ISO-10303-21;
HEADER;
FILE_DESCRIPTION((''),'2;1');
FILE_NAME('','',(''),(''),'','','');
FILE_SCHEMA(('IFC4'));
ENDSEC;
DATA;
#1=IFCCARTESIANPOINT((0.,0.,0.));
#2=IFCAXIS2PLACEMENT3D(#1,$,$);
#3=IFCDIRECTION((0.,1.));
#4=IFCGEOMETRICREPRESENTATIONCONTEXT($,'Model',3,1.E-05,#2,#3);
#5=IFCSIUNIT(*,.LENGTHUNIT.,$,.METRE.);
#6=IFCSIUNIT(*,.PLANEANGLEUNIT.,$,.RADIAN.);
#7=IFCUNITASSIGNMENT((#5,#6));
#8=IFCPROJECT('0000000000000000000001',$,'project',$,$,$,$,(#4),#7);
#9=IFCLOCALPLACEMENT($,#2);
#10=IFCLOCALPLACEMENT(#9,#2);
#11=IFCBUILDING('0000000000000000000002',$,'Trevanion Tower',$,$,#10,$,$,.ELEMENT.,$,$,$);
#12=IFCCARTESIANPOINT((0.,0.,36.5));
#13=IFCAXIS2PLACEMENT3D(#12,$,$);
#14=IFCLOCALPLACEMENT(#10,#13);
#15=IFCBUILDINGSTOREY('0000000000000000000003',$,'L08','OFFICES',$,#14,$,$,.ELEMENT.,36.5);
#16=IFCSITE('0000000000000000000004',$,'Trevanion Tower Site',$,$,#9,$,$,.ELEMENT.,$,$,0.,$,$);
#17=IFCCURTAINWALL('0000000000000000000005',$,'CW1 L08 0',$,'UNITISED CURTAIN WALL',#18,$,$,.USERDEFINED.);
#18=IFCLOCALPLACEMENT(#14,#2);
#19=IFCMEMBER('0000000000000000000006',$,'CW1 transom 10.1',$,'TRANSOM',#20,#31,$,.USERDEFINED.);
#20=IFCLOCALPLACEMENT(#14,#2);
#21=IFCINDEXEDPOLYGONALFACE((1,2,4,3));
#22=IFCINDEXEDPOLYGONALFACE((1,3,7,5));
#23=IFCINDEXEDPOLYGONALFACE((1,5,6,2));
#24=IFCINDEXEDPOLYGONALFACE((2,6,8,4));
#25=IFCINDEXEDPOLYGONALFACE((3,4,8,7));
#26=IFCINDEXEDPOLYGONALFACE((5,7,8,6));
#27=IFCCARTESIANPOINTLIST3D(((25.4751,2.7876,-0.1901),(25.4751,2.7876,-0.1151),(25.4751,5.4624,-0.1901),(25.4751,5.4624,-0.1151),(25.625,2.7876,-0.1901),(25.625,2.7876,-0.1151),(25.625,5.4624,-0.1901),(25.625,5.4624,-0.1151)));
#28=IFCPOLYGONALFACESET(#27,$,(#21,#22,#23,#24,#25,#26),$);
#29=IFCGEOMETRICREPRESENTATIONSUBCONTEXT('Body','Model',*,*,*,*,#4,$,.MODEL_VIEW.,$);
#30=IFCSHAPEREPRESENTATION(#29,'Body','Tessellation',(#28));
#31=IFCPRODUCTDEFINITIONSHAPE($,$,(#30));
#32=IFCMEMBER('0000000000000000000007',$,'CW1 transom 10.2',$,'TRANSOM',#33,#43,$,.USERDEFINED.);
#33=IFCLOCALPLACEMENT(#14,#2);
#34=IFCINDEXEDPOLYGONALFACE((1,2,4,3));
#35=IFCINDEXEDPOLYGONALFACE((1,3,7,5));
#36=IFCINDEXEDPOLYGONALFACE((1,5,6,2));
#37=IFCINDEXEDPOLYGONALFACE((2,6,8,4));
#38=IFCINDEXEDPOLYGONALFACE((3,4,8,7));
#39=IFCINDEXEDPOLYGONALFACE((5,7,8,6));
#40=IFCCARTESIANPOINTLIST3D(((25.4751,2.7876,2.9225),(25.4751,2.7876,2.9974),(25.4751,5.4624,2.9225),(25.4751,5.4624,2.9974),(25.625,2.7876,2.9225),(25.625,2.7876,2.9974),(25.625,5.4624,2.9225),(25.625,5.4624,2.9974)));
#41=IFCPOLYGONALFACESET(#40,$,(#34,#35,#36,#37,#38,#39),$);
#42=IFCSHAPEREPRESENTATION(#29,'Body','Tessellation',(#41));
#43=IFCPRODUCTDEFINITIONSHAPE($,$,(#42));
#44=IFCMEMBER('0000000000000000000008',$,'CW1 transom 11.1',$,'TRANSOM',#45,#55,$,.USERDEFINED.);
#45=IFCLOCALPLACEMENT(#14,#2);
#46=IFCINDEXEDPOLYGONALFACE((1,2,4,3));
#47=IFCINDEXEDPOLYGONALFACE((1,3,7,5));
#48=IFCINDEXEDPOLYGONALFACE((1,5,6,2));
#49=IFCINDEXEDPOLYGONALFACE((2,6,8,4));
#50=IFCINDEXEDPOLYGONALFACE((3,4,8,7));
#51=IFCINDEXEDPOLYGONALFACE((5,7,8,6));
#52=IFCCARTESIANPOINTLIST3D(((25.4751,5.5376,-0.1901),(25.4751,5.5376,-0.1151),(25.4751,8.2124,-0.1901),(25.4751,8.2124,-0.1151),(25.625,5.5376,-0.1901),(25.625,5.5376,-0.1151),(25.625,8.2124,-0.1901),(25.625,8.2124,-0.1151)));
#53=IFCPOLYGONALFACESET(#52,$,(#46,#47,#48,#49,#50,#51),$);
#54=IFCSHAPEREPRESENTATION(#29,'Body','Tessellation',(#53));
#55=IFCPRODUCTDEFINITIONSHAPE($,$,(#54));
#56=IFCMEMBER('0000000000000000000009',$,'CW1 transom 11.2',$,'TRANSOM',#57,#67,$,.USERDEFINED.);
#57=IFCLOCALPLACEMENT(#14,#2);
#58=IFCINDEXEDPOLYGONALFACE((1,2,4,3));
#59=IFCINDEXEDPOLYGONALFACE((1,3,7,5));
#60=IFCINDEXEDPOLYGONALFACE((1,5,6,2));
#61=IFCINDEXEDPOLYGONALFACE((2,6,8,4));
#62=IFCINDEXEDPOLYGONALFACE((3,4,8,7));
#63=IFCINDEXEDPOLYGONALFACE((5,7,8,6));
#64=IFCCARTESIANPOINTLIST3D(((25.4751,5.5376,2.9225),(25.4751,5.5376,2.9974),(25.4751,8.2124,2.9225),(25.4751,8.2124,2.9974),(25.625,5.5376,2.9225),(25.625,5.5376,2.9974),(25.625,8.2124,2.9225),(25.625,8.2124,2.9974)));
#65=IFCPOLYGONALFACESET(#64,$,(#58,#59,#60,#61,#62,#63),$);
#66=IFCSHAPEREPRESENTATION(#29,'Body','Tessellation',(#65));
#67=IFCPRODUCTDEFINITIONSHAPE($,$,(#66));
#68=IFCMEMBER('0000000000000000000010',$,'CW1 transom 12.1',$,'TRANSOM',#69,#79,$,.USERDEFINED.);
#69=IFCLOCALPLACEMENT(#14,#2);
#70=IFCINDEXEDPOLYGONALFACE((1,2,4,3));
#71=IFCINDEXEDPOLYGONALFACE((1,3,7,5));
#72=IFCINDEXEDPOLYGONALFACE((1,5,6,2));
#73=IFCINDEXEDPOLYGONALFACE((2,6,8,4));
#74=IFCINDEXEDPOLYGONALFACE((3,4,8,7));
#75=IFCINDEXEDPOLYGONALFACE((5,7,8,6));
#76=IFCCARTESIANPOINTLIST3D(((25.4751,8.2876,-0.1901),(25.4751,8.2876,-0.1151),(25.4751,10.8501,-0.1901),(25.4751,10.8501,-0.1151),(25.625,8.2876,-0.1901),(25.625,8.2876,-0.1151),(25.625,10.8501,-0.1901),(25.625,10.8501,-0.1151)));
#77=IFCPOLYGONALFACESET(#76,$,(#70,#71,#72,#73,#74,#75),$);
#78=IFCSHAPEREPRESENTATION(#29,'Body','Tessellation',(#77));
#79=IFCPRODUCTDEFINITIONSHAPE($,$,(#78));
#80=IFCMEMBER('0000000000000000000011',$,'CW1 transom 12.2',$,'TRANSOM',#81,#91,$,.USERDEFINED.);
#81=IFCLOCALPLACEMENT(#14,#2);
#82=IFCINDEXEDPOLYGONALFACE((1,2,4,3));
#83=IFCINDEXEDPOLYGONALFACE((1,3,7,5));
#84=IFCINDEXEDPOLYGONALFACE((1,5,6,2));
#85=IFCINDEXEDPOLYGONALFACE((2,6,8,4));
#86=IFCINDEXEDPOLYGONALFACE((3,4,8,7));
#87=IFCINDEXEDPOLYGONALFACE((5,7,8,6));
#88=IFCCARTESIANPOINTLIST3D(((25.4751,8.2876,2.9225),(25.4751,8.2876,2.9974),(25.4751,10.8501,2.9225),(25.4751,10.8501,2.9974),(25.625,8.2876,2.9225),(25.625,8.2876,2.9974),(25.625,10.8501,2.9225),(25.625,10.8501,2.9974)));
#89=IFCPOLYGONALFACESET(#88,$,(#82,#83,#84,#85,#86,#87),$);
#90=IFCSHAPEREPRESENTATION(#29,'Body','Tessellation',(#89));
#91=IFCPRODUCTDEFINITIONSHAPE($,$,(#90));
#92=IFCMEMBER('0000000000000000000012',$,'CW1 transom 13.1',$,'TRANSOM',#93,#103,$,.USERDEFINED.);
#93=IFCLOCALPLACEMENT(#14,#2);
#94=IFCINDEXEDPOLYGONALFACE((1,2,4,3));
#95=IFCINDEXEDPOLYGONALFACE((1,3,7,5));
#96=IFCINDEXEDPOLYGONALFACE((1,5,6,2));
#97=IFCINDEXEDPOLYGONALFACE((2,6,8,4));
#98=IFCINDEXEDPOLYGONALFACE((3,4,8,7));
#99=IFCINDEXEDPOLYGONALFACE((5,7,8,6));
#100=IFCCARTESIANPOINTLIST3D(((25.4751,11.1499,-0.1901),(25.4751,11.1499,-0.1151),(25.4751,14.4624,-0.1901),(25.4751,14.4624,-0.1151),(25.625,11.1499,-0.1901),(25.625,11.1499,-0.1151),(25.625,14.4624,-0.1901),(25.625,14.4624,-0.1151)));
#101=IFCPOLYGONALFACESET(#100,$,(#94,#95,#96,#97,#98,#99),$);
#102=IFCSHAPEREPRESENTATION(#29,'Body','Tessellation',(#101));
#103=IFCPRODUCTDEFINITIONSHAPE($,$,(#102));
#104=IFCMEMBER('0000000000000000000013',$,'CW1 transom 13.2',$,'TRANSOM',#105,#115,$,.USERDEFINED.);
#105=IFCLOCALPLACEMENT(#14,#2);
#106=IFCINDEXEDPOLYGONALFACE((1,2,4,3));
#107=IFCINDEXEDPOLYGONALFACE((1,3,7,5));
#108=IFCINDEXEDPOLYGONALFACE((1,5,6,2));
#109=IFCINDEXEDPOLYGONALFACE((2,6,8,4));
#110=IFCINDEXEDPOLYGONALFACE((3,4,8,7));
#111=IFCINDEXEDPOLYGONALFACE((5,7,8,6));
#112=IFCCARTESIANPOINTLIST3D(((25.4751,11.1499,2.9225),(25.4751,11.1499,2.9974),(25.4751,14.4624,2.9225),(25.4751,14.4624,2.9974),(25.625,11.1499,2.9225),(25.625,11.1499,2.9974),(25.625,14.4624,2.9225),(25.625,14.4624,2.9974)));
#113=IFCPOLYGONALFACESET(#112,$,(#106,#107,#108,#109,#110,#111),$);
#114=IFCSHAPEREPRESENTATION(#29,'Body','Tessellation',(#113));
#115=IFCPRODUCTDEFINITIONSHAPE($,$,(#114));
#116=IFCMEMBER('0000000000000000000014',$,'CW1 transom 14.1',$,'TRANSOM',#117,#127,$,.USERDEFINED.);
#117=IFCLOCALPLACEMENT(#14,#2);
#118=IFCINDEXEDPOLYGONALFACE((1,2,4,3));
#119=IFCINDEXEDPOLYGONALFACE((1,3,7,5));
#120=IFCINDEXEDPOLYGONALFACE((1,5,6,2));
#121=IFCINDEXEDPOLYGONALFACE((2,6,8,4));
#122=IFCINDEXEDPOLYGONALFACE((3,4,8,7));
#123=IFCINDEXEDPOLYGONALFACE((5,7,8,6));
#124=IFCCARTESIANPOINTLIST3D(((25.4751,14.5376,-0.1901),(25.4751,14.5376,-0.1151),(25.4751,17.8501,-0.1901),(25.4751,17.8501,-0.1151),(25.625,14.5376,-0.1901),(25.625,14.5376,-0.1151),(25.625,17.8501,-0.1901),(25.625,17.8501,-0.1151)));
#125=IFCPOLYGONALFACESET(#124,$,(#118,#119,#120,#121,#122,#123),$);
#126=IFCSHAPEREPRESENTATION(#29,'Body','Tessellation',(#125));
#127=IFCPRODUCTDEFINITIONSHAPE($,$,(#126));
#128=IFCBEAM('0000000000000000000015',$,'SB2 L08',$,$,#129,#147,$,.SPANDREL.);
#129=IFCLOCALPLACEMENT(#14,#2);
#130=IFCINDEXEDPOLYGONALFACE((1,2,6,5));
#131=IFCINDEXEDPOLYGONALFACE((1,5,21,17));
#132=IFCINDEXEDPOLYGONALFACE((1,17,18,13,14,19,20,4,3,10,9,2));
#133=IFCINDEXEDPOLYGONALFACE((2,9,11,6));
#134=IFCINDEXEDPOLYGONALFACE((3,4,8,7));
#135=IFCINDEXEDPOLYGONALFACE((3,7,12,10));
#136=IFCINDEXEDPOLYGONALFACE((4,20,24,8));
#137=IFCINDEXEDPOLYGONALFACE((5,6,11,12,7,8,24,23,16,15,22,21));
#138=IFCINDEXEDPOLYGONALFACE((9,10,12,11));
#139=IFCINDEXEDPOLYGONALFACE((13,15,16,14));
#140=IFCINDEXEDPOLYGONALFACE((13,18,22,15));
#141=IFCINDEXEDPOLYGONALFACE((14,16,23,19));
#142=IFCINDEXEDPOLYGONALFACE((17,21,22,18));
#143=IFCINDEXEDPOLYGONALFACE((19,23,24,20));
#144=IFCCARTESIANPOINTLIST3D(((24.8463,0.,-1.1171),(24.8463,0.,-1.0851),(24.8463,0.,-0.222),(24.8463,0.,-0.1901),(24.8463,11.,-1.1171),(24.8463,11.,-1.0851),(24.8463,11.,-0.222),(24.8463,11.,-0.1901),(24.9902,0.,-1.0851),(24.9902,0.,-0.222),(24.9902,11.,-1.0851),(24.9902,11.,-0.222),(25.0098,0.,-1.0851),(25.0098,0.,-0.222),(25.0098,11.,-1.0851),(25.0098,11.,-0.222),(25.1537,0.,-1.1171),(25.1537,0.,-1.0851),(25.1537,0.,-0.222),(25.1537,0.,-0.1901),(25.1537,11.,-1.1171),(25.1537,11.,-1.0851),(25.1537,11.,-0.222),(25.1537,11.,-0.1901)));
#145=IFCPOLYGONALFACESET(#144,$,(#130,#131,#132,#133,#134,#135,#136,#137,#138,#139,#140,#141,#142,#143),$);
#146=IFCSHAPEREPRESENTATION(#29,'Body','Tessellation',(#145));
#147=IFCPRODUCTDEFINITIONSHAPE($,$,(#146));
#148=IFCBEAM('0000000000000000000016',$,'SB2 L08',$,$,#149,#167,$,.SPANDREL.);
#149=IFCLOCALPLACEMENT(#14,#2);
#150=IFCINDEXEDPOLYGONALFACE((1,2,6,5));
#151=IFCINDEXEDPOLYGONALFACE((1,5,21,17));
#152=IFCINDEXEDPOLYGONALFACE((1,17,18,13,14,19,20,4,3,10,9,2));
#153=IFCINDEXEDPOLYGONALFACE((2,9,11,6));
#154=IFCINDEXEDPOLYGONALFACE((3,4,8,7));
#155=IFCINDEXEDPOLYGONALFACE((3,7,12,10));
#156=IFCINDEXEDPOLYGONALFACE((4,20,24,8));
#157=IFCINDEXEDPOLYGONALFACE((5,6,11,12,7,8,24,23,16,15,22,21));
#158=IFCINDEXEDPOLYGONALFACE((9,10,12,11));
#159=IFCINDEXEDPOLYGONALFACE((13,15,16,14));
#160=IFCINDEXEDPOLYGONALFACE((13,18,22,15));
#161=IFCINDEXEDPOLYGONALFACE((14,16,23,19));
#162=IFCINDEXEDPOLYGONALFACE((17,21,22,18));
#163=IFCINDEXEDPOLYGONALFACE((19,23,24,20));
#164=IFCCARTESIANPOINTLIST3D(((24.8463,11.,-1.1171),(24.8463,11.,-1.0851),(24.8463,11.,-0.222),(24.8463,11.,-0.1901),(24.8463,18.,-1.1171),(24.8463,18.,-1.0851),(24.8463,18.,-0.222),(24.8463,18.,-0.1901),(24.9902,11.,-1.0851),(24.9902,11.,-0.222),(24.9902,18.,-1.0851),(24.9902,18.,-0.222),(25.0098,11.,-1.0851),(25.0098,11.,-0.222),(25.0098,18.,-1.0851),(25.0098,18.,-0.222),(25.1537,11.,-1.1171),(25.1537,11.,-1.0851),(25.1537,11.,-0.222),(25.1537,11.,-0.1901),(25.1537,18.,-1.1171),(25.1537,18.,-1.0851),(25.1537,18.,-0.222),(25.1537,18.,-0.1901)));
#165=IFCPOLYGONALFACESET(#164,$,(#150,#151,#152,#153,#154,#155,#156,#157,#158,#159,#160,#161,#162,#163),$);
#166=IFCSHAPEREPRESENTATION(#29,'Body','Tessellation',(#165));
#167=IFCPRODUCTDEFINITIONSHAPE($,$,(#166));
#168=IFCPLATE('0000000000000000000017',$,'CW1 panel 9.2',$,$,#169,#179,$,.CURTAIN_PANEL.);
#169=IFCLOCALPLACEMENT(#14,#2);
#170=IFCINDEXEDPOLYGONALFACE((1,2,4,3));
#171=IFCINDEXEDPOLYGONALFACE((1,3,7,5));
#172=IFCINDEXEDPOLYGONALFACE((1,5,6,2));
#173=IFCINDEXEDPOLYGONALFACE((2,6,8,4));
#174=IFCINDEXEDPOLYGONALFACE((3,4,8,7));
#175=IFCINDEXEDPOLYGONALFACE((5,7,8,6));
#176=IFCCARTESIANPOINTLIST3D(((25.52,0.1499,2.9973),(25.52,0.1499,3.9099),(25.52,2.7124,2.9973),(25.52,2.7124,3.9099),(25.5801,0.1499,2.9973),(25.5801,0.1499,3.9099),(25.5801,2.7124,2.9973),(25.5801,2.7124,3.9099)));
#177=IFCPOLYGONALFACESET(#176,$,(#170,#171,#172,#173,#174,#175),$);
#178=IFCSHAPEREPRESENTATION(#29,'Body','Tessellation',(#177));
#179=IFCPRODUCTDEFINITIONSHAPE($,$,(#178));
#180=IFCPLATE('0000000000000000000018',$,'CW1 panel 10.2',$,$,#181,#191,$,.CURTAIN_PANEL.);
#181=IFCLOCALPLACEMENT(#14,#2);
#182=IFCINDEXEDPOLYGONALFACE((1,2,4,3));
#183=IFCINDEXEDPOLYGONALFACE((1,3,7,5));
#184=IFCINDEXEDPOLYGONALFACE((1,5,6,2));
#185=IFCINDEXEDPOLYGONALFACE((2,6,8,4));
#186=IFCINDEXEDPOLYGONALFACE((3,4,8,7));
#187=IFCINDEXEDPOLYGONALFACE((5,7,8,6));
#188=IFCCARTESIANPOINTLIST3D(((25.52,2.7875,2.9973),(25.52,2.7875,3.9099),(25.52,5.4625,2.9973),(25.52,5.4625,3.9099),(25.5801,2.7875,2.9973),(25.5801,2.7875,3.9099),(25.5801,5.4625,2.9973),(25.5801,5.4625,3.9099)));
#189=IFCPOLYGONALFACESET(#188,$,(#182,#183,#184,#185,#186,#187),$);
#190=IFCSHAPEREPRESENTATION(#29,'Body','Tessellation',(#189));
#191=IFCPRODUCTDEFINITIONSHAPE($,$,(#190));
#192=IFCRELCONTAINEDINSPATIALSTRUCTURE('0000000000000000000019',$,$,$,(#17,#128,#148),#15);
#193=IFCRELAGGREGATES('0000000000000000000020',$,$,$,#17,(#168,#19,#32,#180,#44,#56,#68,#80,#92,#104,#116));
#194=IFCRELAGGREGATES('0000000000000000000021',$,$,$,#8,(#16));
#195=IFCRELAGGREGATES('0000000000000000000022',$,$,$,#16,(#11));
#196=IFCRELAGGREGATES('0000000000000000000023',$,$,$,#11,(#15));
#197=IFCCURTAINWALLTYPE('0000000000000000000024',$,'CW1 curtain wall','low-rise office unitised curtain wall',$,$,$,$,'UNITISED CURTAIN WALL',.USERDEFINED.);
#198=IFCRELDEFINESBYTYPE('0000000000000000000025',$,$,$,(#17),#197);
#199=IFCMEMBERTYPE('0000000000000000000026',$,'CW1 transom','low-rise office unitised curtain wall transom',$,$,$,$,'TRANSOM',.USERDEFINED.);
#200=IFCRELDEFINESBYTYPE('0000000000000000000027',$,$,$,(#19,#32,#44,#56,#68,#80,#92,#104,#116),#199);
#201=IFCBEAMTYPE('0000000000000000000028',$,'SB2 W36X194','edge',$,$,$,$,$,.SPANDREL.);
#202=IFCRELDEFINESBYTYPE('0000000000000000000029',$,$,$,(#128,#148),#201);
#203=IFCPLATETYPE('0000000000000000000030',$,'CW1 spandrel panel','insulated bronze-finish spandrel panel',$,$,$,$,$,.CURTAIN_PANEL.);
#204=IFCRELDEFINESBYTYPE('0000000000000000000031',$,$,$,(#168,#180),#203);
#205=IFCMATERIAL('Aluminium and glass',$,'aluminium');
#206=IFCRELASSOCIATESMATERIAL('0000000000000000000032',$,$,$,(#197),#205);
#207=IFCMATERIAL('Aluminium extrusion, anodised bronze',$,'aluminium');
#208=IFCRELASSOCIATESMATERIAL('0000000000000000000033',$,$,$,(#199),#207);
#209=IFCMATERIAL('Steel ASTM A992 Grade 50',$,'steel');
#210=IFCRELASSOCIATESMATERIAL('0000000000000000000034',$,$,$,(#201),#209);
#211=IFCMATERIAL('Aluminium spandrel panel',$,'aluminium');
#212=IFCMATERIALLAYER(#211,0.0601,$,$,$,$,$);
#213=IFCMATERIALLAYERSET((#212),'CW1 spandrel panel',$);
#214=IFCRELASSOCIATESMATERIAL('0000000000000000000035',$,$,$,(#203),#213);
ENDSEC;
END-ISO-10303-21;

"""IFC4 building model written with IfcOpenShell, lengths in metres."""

from ifc_helpers import new_model, si_unit, direction, frame, origin, origin_2d, place, context, subcontext, project, spatial, rectangle, i_section, extrude, material, layer, layer_set, material_profile, profile_set, type_object, element, aggregate, save


model = new_model("IFC4")

# Units and contexts
model_context = context("Model", 3, precision=1e-05, world=origin(), true_north=direction((0.0, 1.0)))
body_context = subcontext(model_context, "Body", "Model", "MODEL_VIEW")
ifc_project = project(units=[si_unit("LENGTHUNIT", "METRE"), si_unit("PLANEANGLEUNIT", "RADIAN")], contexts=[model_context])

# Site, building, storey
site_placement = place(None, origin())
site = spatial("IfcSite", under=ifc_project, at=site_placement, Name="Trevanion Tower Site", CompositionType="ELEMENT", RefElevation=0.0)
building_placement = place(site_placement, origin())
building = spatial("IfcBuilding", under=site, at=building_placement, Name="Trevanion Tower", CompositionType="ELEMENT")
storey_placement = place(building_placement, frame((0.0, 0.0, 36.5)))
storey = spatial("IfcBuildingStorey", under=building, at=storey_placement, Name="L08", Description="OFFICES", CompositionType="ELEMENT", Elevation=36.5)

# Curtain wall, members
ifc_material_1 = material(Name="Aluminium and glass", Category="aluminium")
curtain_wall_type = type_object("IfcCurtainWallType", Name="CW1 curtain wall", Description="low-rise office unitised curtain wall", ElementType="UNITISED CURTAIN WALL", PredefinedType="USERDEFINED", material=ifc_material_1)
curtain_wall_placement = place(storey_placement, origin())
curtain_wall = element("IfcCurtainWall", 1, at=curtain_wall_placement, inside=storey, type_object=curtain_wall_type, Name="CW1 L08 0", ObjectType="UNITISED CURTAIN WALL", PredefinedType="USERDEFINED")
ifc_material_2 = material(Name="Aluminium extrusion, anodised bronze", Category="aluminium")
ifc_material_profile_1 = material_profile(ifc_material_2, rectangle(XDim=0.1499, YDim=0.075, at=origin_2d()), Name="CW1 transom")
ifc_profile_set_1 = profile_set([ifc_material_profile_1], Name="Aluminium extrusion, anodised bronze")
member_type_1 = type_object("IfcMemberType", Name="CW1 transom", Description="low-rise office unitised curtain wall transom", ElementType="TRANSOM", PredefinedType="USERDEFINED", material=ifc_profile_set_1)
member_1_placement = place(storey_placement, frame((25.55, 2.7876, -0.1526), z_axis=(0.0, 1.0, 0.0), x_axis=(-1.0, 0.0, 0.0)))
member_1 = element("IfcMember", 2, at=member_1_placement, type_object=member_type_1, Name="CW1 transom 10.1", ObjectType="TRANSOM", PredefinedType="USERDEFINED", context=body_context, shape_type="SweptSolid", body=[
    extrude(rectangle(XDim=0.1499, YDim=0.075, at=origin_2d()), origin(), (0.0, 0.0, 1.0), 2.6748),
])
member_2_placement = place(storey_placement, frame((25.55, 2.7876, 2.96), z_axis=(0.0, 1.0, 0.0), x_axis=(-1.0, 0.0, 0.0)))
member_2 = element("IfcMember", 3, at=member_2_placement, type_object=member_type_1, Name="CW1 transom 10.2", ObjectType="TRANSOM", PredefinedType="USERDEFINED", context=body_context, shape_type="SweptSolid", body=[
    extrude(rectangle(XDim=0.1499, YDim=0.075, at=origin_2d()), origin(), (0.0, 0.0, 1.0), 2.6748),
])
member_3_placement = place(storey_placement, frame((25.55, 5.5376, -0.1526), z_axis=(0.0, 1.0, 0.0), x_axis=(-1.0, 0.0, 0.0)))
member_3 = element("IfcMember", 4, at=member_3_placement, type_object=member_type_1, Name="CW1 transom 11.1", ObjectType="TRANSOM", PredefinedType="USERDEFINED", context=body_context, shape_type="SweptSolid", body=[
    extrude(rectangle(XDim=0.1499, YDim=0.075, at=origin_2d()), origin(), (0.0, 0.0, 1.0), 2.6748),
])
member_4_placement = place(storey_placement, frame((25.55, 5.5376, 2.96), z_axis=(0.0, 1.0, 0.0), x_axis=(-1.0, 0.0, 0.0)))
member_4 = element("IfcMember", 5, at=member_4_placement, type_object=member_type_1, Name="CW1 transom 11.2", ObjectType="TRANSOM", PredefinedType="USERDEFINED", context=body_context, shape_type="SweptSolid", body=[
    extrude(rectangle(XDim=0.1499, YDim=0.075, at=origin_2d()), origin(), (0.0, 0.0, 1.0), 2.6748),
])
member_5_placement = place(storey_placement, frame((25.55, 8.2876, -0.1526), z_axis=(0.0, 1.0, 0.0), x_axis=(-1.0, 0.0, 0.0)))
member_5 = element("IfcMember", 6, at=member_5_placement, type_object=member_type_1, Name="CW1 transom 12.1", ObjectType="TRANSOM", PredefinedType="USERDEFINED", context=body_context, shape_type="SweptSolid", body=[
    extrude(rectangle(XDim=0.1499, YDim=0.075, at=origin_2d()), origin(), (0.0, 0.0, 1.0), 2.5625),
])
member_6_placement = place(storey_placement, frame((25.55, 8.2876, 2.96), z_axis=(0.0, 1.0, 0.0), x_axis=(-1.0, 0.0, 0.0)))
member_6 = element("IfcMember", 7, at=member_6_placement, type_object=member_type_1, Name="CW1 transom 12.2", ObjectType="TRANSOM", PredefinedType="USERDEFINED", context=body_context, shape_type="SweptSolid", body=[
    extrude(rectangle(XDim=0.1499, YDim=0.075, at=origin_2d()), origin(), (0.0, 0.0, 1.0), 2.5625),
])
member_7_placement = place(storey_placement, frame((25.55, 11.1499, -0.1526), z_axis=(0.0, 1.0, 0.0), x_axis=(-1.0, 0.0, 0.0)))
member_7 = element("IfcMember", 8, at=member_7_placement, type_object=member_type_1, Name="CW1 transom 13.1", ObjectType="TRANSOM", PredefinedType="USERDEFINED", context=body_context, shape_type="SweptSolid", body=[
    extrude(rectangle(XDim=0.1499, YDim=0.075, at=origin_2d()), origin(), (0.0, 0.0, 1.0), 3.3125),
])
member_8_placement = place(storey_placement, frame((25.55, 11.1499, 2.96), z_axis=(0.0, 1.0, 0.0), x_axis=(-1.0, 0.0, 0.0)))
member_8 = element("IfcMember", 9, at=member_8_placement, type_object=member_type_1, Name="CW1 transom 13.2", ObjectType="TRANSOM", PredefinedType="USERDEFINED", context=body_context, shape_type="SweptSolid", body=[
    extrude(rectangle(XDim=0.1499, YDim=0.075, at=origin_2d()), origin(), (0.0, 0.0, 1.0), 3.3125),
])
member_9_placement = place(storey_placement, frame((25.55, 14.5376, -0.1526), z_axis=(0.0, 1.0, 0.0), x_axis=(-1.0, 0.0, 0.0)))
member_9 = element("IfcMember", 10, at=member_9_placement, type_object=member_type_1, Name="CW1 transom 14.1", ObjectType="TRANSOM", PredefinedType="USERDEFINED", context=body_context, shape_type="SweptSolid", body=[
    extrude(rectangle(XDim=0.1499, YDim=0.075, at=origin_2d()), origin(), (0.0, 0.0, 1.0), 3.3125),
])

# Beams
ifc_material_3 = material(Name="Steel ASTM A992 Grade 50", Category="steel")
ifc_material_profile_2 = material_profile(ifc_material_3, i_section(OverallWidth=0.3074, OverallDepth=0.927, WebThickness=0.0195, FlangeThickness=0.032, at=origin_2d()), Name="W36X194")
ifc_profile_set_2 = profile_set([ifc_material_profile_2], Name="Steel ASTM A992 Grade 50")
beam_type_1 = type_object("IfcBeamType", Name="SB2 W36X194", Description="edge", PredefinedType="SPANDREL", material=ifc_profile_set_2)
beam_1_placement = place(storey_placement, frame((25.0, 0.0, -0.6536), z_axis=(0.0, 1.0, 0.0), x_axis=(-1.0, 0.0, 0.0)))
element("IfcBeam", 11, at=beam_1_placement, inside=storey, type_object=beam_type_1, Name="SB2 L08", PredefinedType="SPANDREL", context=body_context, shape_type="SweptSolid", body=[
    extrude(i_section(OverallWidth=0.3074, OverallDepth=0.927, WebThickness=0.0195, FlangeThickness=0.032, at=origin_2d()), origin(), (0.0, 0.0, 1.0), 11.0),
])
beam_2_placement = place(storey_placement, frame((25.0, 11.0, -0.6536), z_axis=(0.0, 1.0, 0.0), x_axis=(-1.0, 0.0, 0.0)))
element("IfcBeam", 12, at=beam_2_placement, inside=storey, type_object=beam_type_1, Name="SB2 L08", PredefinedType="SPANDREL", context=body_context, shape_type="SweptSolid", body=[
    extrude(i_section(OverallWidth=0.3074, OverallDepth=0.927, WebThickness=0.0195, FlangeThickness=0.032, at=origin_2d()), origin(), (0.0, 0.0, 1.0), 7.0),
])

# Plates
ifc_material_4 = material(Name="Aluminium spandrel panel", Category="aluminium")
ifc_layer_1 = layer(ifc_material_4, 0.0601)
ifc_layer_set_1 = layer_set([ifc_layer_1], Name="CW1 spandrel panel")
plate_type_1 = type_object("IfcPlateType", Name="CW1 spandrel panel", Description="insulated bronze-finish spandrel panel", PredefinedType="CURTAIN_PANEL", material=ifc_layer_set_1)
plate_1_placement = place(storey_placement, frame((25.55, 1.4312, 2.9973), z_axis=(0.0, 0.0, 1.0), x_axis=(0.0, 1.0, 0.0)))
plate_1 = element("IfcPlate", 13, at=plate_1_placement, type_object=plate_type_1, Name="CW1 panel 9.2", PredefinedType="CURTAIN_PANEL", context=body_context, shape_type="SweptSolid", body=[
    extrude(rectangle(XDim=2.5625, YDim=0.0601, at=origin_2d()), origin(), (0.0, 0.0, 1.0), 0.9126),
])
plate_2_placement = place(storey_placement, frame((25.55, 4.125, 2.9973), z_axis=(0.0, 0.0, 1.0), x_axis=(0.0, 1.0, 0.0)))
plate_2 = element("IfcPlate", 14, at=plate_2_placement, type_object=plate_type_1, Name="CW1 panel 10.2", PredefinedType="CURTAIN_PANEL", context=body_context, shape_type="SweptSolid", body=[
    extrude(rectangle(XDim=2.675, YDim=0.0601, at=origin_2d()), origin(), (0.0, 0.0, 1.0), 0.9126),
])
aggregate(curtain_wall, [plate_1, member_1, member_2, plate_2, member_3, member_4, member_5, member_6, member_7, member_8, member_9])

save(model, "model.ifc")
